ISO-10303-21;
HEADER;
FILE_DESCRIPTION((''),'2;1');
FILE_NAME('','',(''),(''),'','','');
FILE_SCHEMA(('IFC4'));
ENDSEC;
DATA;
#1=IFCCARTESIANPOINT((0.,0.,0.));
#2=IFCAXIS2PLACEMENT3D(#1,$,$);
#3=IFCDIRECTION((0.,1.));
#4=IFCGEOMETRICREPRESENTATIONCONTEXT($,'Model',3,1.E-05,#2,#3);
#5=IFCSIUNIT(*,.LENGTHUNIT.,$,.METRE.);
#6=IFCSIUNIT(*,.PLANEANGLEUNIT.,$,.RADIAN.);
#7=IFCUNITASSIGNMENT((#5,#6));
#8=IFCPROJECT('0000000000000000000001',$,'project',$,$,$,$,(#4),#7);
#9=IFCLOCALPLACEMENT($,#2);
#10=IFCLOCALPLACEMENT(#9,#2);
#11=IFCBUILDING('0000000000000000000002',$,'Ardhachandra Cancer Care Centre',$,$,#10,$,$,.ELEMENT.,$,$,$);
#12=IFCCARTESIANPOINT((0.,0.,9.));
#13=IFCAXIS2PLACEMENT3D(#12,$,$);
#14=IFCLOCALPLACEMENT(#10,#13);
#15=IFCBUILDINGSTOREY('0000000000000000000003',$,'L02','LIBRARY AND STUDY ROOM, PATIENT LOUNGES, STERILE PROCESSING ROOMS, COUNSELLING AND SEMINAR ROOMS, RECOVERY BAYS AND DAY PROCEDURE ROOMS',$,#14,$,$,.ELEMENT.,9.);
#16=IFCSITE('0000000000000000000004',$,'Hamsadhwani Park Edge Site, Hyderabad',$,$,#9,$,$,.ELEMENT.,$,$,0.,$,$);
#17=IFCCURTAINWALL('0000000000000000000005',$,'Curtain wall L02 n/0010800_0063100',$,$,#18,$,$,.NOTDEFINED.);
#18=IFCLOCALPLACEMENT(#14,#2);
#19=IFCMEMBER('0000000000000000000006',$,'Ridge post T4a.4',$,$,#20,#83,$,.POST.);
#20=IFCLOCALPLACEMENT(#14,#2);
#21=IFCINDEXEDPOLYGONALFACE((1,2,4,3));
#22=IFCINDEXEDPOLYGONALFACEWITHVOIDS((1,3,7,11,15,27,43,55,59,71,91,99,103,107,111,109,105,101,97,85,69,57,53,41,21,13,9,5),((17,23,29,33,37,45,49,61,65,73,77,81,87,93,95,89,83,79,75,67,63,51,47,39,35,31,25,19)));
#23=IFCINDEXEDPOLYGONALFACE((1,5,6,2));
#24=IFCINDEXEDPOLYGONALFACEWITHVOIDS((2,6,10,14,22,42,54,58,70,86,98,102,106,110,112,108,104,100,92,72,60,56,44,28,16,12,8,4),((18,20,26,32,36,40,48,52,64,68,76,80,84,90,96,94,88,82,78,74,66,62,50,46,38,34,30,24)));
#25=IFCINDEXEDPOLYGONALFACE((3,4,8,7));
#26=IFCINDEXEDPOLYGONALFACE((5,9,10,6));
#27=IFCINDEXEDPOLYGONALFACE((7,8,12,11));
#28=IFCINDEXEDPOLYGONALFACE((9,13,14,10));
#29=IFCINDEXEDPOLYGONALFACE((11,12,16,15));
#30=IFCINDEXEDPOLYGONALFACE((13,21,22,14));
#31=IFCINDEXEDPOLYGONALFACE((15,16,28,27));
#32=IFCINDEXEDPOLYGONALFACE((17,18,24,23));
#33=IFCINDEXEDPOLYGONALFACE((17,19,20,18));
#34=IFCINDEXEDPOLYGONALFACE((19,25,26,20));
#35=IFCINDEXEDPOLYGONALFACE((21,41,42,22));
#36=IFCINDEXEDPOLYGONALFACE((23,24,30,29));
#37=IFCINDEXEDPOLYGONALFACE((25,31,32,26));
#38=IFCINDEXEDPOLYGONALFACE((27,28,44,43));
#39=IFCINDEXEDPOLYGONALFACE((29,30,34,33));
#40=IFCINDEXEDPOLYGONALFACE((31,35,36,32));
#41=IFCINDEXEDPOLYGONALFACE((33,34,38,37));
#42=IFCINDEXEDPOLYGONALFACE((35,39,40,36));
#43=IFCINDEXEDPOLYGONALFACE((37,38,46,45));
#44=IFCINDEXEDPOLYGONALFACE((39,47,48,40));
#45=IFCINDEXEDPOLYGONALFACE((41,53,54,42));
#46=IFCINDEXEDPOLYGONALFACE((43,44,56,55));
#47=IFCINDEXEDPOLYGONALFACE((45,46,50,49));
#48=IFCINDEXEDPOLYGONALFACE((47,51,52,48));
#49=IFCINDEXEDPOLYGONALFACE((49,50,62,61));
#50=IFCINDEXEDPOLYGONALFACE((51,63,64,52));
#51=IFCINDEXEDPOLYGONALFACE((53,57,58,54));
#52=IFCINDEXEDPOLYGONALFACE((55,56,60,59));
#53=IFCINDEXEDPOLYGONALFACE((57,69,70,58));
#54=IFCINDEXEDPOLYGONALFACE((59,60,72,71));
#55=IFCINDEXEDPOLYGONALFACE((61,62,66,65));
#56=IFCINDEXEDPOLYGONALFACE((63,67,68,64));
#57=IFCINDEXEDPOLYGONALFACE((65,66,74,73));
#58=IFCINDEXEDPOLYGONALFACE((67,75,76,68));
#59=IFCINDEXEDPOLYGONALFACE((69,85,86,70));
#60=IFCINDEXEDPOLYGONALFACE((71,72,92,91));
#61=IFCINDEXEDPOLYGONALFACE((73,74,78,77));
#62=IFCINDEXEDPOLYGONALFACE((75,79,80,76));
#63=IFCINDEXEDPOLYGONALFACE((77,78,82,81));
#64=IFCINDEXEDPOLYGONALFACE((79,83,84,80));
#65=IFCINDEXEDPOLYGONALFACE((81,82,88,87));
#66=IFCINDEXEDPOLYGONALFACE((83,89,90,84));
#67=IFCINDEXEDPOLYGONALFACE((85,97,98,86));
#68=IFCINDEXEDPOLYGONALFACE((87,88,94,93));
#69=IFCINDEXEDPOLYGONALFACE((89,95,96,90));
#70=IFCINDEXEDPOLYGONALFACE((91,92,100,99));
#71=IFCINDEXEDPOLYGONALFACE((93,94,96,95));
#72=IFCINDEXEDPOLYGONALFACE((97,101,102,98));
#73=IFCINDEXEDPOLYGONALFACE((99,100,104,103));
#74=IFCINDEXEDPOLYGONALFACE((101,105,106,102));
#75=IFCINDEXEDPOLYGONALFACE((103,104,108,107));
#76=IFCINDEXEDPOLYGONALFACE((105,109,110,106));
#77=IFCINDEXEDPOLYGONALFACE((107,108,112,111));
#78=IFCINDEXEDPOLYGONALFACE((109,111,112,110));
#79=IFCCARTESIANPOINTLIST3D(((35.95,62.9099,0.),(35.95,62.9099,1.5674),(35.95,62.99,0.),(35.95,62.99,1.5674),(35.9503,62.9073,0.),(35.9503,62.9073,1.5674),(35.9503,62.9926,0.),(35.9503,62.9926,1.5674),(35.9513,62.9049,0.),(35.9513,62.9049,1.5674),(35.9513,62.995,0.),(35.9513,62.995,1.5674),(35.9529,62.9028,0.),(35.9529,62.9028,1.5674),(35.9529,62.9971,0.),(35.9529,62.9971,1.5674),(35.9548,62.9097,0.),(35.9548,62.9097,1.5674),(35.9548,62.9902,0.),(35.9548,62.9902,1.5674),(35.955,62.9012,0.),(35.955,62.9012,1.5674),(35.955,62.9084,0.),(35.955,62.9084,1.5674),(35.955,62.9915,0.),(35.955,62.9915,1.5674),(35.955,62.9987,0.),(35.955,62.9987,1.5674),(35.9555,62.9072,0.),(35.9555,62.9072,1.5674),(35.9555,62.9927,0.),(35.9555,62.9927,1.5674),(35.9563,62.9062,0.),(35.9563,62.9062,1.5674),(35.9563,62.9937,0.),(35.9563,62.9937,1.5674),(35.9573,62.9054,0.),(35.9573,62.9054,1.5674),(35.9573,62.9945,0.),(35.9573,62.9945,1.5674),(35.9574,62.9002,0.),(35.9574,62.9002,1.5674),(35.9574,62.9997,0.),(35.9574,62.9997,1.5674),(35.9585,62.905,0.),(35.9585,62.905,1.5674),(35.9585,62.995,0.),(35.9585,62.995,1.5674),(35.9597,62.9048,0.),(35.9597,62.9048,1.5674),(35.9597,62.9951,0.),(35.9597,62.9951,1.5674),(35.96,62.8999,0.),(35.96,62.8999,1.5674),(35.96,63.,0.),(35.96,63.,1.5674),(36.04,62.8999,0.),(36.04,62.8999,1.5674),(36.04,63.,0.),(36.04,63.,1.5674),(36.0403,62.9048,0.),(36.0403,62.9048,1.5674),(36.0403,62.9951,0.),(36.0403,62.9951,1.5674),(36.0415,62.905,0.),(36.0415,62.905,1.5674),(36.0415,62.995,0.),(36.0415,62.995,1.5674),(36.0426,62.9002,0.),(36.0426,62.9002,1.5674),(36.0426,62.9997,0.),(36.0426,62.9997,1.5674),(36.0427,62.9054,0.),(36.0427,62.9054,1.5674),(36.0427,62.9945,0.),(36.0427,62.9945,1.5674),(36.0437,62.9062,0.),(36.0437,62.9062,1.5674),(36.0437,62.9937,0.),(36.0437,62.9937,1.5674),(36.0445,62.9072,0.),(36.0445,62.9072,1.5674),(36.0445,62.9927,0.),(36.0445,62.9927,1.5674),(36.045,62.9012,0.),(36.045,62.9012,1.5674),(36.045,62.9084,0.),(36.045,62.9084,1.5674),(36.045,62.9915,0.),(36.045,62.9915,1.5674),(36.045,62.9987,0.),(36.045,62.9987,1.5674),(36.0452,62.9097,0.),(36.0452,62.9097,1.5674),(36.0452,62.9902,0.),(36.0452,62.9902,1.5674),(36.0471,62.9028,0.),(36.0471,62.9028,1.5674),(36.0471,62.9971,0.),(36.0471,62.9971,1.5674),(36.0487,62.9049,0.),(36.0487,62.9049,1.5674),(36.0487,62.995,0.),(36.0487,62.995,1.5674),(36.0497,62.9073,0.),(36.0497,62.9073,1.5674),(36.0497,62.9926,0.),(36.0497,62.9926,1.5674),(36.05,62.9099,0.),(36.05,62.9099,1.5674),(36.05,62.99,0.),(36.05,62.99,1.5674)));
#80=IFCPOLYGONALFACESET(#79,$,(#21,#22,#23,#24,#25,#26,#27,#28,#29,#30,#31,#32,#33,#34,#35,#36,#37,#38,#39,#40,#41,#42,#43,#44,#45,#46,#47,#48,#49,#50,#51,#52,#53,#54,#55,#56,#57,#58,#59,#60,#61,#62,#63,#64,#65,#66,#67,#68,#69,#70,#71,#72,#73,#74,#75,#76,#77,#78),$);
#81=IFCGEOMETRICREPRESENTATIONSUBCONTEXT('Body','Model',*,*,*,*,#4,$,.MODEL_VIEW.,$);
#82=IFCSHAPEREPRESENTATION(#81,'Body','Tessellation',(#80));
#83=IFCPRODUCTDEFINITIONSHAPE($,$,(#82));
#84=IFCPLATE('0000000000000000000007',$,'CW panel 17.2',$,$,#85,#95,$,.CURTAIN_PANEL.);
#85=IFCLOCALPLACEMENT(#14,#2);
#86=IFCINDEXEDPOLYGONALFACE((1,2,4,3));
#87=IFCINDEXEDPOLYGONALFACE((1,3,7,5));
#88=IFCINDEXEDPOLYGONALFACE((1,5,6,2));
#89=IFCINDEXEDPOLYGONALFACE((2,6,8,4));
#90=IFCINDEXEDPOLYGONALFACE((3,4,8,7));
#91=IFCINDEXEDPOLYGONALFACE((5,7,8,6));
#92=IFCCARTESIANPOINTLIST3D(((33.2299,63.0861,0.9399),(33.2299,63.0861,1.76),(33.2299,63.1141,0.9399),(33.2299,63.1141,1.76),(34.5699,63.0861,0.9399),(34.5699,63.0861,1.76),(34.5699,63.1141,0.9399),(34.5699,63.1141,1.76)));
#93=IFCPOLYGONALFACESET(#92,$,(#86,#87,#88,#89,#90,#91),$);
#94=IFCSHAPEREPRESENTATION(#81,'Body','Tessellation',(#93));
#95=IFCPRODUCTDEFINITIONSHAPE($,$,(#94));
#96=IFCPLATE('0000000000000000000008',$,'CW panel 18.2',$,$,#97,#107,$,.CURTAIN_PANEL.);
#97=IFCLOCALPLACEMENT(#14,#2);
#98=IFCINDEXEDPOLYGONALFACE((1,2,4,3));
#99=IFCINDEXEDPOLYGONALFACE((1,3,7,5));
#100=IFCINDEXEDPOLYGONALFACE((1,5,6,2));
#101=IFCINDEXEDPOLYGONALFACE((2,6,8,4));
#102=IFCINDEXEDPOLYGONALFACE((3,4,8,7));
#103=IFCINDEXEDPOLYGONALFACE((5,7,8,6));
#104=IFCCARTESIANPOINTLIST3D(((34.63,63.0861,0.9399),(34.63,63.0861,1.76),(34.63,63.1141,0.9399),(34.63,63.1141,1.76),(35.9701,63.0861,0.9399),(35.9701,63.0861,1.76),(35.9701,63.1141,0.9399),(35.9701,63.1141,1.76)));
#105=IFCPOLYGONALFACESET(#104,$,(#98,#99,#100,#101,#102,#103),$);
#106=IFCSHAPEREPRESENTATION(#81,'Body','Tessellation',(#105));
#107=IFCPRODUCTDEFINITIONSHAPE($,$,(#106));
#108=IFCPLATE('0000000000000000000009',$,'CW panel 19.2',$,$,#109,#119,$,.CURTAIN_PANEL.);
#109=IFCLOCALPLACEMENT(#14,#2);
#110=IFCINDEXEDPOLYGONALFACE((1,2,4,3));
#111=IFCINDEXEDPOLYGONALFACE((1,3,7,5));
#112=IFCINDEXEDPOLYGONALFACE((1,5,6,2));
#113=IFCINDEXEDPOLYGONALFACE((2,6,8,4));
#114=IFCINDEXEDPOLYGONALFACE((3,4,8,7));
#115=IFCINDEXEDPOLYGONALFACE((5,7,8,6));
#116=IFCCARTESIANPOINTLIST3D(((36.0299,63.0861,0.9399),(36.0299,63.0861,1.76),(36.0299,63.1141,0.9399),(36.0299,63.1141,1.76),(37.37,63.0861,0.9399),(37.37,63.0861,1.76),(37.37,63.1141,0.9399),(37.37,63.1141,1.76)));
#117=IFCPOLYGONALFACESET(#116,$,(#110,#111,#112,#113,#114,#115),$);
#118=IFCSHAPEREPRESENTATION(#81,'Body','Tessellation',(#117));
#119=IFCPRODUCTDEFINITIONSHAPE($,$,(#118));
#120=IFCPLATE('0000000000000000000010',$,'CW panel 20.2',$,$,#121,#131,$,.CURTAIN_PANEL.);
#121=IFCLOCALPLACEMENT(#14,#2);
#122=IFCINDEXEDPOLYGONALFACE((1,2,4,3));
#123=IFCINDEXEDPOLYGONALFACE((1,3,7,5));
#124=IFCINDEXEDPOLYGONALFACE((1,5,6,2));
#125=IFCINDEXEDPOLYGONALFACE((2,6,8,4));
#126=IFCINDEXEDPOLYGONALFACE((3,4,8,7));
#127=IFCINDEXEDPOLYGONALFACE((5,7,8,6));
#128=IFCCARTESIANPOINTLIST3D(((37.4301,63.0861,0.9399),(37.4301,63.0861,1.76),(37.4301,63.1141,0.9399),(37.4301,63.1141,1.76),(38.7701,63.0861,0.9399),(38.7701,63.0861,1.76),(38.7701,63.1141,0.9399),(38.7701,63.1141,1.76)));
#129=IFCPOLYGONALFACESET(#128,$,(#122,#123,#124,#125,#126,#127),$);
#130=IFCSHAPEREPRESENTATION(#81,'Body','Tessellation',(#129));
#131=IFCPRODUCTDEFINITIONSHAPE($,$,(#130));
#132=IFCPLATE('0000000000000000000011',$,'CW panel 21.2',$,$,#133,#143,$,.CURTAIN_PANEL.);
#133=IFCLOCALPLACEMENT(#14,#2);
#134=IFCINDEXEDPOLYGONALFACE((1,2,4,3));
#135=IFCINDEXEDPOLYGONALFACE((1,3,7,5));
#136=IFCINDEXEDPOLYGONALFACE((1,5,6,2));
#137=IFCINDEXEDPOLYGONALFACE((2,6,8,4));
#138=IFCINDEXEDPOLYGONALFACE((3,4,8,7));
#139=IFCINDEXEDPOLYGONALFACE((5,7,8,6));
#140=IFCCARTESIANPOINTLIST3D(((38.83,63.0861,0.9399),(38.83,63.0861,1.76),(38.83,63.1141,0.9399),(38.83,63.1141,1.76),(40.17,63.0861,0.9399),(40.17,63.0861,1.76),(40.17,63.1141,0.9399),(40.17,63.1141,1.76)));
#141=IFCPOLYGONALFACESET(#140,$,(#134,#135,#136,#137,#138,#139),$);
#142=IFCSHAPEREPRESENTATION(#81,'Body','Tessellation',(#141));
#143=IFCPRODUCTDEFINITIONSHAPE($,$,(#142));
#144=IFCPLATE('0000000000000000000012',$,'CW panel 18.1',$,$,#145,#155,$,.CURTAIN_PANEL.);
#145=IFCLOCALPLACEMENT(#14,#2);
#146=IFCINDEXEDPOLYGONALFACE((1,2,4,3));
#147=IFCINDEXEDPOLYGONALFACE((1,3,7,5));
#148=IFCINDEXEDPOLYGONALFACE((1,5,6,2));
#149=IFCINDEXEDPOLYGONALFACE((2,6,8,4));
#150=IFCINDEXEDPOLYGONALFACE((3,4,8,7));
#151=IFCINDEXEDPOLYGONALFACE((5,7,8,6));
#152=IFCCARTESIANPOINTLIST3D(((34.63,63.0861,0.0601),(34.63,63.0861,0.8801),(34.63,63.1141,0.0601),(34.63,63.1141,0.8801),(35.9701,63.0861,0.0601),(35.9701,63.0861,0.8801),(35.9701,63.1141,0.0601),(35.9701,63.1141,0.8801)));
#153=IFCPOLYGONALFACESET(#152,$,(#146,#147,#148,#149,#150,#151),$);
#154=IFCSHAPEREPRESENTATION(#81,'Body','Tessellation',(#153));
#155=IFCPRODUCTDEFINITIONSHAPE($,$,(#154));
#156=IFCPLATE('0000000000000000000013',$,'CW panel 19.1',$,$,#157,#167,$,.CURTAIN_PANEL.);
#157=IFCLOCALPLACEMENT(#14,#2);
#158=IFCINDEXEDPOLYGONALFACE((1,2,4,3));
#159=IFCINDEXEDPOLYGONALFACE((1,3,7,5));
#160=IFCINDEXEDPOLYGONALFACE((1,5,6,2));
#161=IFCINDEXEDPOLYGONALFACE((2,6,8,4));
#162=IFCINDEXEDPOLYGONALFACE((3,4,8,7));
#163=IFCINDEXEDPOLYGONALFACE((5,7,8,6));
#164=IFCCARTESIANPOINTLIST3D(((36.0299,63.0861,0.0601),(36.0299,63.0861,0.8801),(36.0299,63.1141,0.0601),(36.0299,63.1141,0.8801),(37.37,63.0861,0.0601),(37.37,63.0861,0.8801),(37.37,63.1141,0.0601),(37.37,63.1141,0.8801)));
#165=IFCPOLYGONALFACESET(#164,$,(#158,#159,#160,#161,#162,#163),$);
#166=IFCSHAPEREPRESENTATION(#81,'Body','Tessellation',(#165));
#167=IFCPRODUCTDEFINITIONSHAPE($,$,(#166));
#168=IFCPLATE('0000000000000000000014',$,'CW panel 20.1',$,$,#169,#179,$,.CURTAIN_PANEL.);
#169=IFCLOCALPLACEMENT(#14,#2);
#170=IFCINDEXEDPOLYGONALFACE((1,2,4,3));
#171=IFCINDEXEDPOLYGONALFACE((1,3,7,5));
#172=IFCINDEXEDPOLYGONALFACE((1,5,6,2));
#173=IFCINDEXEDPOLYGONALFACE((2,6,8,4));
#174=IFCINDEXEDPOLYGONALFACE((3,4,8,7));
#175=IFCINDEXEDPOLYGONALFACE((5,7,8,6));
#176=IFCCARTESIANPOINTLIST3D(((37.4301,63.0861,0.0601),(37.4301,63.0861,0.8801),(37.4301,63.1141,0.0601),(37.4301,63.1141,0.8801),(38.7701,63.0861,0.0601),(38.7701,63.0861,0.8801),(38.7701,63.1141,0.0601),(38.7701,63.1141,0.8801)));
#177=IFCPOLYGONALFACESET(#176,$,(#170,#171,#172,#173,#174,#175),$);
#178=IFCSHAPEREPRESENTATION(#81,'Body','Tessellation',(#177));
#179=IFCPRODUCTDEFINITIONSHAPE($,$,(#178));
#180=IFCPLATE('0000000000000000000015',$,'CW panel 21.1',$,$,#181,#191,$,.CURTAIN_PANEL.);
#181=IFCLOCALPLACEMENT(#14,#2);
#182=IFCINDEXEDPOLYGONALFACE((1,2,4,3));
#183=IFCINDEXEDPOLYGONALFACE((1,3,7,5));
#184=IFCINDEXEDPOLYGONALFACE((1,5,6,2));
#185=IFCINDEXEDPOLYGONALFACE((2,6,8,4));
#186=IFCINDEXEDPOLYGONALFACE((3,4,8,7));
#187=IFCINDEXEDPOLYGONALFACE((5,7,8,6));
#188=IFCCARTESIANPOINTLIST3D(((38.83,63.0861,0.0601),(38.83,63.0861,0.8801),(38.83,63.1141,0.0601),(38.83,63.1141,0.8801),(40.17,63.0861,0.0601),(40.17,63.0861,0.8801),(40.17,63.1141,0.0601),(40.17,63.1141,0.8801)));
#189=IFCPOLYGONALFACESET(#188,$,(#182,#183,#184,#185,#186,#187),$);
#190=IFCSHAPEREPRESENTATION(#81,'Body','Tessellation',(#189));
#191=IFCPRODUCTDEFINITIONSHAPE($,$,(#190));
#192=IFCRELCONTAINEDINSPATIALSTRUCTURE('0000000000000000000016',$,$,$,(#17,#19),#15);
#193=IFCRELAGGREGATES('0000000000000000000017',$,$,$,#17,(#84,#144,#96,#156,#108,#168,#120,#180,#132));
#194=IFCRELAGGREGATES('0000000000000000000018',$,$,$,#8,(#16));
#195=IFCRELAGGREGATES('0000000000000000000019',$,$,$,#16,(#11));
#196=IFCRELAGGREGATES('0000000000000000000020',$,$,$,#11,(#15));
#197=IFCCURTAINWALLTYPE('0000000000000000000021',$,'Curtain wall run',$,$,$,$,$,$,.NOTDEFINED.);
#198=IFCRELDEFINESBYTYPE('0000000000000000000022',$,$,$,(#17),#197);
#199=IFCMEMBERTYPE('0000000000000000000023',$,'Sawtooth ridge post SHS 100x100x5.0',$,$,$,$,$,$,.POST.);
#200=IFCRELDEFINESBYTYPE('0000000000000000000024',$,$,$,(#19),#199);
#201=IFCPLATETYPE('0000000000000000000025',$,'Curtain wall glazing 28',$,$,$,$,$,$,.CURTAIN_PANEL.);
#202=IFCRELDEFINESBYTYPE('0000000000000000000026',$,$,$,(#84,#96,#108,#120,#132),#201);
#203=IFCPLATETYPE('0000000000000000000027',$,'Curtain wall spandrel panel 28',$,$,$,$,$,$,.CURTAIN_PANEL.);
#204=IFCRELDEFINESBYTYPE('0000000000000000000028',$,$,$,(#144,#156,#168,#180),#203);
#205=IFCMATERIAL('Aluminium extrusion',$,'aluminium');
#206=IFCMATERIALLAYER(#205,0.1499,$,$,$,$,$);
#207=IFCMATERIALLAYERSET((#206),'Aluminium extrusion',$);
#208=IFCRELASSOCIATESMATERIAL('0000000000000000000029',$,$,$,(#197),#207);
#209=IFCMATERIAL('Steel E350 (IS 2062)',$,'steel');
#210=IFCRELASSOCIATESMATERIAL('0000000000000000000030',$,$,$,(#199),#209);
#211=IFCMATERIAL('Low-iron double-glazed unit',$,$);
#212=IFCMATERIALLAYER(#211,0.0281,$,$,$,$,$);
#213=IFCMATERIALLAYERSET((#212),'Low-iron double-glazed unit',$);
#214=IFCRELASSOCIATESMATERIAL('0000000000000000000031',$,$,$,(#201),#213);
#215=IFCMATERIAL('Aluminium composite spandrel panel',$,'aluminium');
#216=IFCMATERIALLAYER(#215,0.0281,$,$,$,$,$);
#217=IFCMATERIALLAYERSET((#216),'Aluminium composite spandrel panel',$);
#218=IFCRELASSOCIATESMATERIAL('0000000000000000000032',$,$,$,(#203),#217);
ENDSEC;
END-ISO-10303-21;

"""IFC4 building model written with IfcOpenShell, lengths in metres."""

from ifc_helpers import new_model, si_unit, direction, frame, origin, origin_2d, place, context, subcontext, project, spatial, rectangle, hollow_rectangle, extrude, material, layer, layer_set, material_profile, profile_set, type_object, element, aggregate, save


model = new_model("IFC4")

# Units and contexts
model_context = context("Model", 3, precision=1e-05, world=origin(), true_north=direction((0.0, 1.0)))
body_context = subcontext(model_context, "Body", "Model", "MODEL_VIEW")
ifc_project = project(units=[si_unit("LENGTHUNIT", "METRE"), si_unit("PLANEANGLEUNIT", "RADIAN")], contexts=[model_context])

# Site, building, storey
site_placement = place(None, origin())
site = spatial("IfcSite", under=ifc_project, at=site_placement, Name="Hamsadhwani Park Edge Site, Hyderabad", CompositionType="ELEMENT", RefElevation=0.0)
building_placement = place(site_placement, origin())
building = spatial("IfcBuilding", under=site, at=building_placement, Name="Ardhachandra Cancer Care Centre", CompositionType="ELEMENT")
storey_placement = place(building_placement, frame((0.0, 0.0, 9.0)))
storey = spatial("IfcBuildingStorey", under=building, at=storey_placement, Name="L02", Description="LIBRARY AND STUDY ROOM, PATIENT LOUNGES, STERILE PROCESSING ROOMS, COUNSELLING AND SEMINAR ROOMS, RECOVERY BAYS AND DAY PROCEDURE ROOMS", CompositionType="ELEMENT", Elevation=9.0)

# Curtain wall
ifc_material_1 = material(Name="Aluminium extrusion", Category="aluminium")
ifc_layer_1 = layer(ifc_material_1, 0.1499)
ifc_layer_set_1 = layer_set([ifc_layer_1], Name="Aluminium extrusion")
curtain_wall_type = type_object("IfcCurtainWallType", Name="Curtain wall run", PredefinedType="NOTDEFINED", material=ifc_layer_set_1)
curtain_wall_placement = place(storey_placement, origin())
curtain_wall = element("IfcCurtainWall", 1, at=curtain_wall_placement, inside=storey, type_object=curtain_wall_type, Name="Curtain wall L02 n/0010800_0063100", PredefinedType="NOTDEFINED")

# Member
ifc_material_2 = material(Name="Steel E350 (IS 2062)", Category="steel")
ifc_material_profile_1 = material_profile(ifc_material_2, hollow_rectangle(XDim=0.1001, YDim=0.1001, WallThickness=0.0049, InnerFilletRadius=0.0049, OuterFilletRadius=0.01, at=origin_2d()), Name="SHS 100x100x5.0")
ifc_profile_set_1 = profile_set([ifc_material_profile_1], Name="Steel E350 (IS 2062)")
member_type_1 = type_object("IfcMemberType", Name="Sawtooth ridge post SHS 100x100x5.0", PredefinedType="POST", material=ifc_profile_set_1)
member_1_placement = place(storey_placement, frame((36.0, 62.95, 0.0), z_axis=(0.0, 0.0, 1.0), x_axis=(1.0, 0.0, 0.0)))
element("IfcMember", 2, at=member_1_placement, inside=storey, type_object=member_type_1, Name="Ridge post T4a.4", PredefinedType="POST", context=body_context, shape_type="SweptSolid", body=[
    extrude(hollow_rectangle(XDim=0.1001, YDim=0.1001, WallThickness=0.0049, InnerFilletRadius=0.0049, OuterFilletRadius=0.01, at=origin_2d()), origin(), (0.0, 0.0, 1.0), 1.5674),
])

# Plates
ifc_material_3 = material(Name="Low-iron double-glazed unit")
ifc_layer_2 = layer(ifc_material_3, 0.0281)
ifc_layer_set_2 = layer_set([ifc_layer_2], Name="Low-iron double-glazed unit")
plate_type_1 = type_object("IfcPlateType", Name="Curtain wall glazing 28", PredefinedType="CURTAIN_PANEL", material=ifc_layer_set_2)
plate_1_placement = place(storey_placement, frame((33.8999, 63.1001, 0.9399), z_axis=(0.0, 0.0, 1.0), x_axis=(1.0, 0.0, 0.0)))
plate_1 = element("IfcPlate", 3, at=plate_1_placement, type_object=plate_type_1, Name="CW panel 17.2", PredefinedType="CURTAIN_PANEL", context=body_context, shape_type="SweptSolid", body=[
    extrude(rectangle(XDim=1.3401, YDim=0.0281, at=origin_2d()), origin(), (0.0, 0.0, 1.0), 0.8201),
])
plate_2_placement = place(storey_placement, frame((35.3, 63.1001, 0.9399), z_axis=(0.0, 0.0, 1.0), x_axis=(1.0, 0.0, 0.0)))
plate_2 = element("IfcPlate", 4, at=plate_2_placement, type_object=plate_type_1, Name="CW panel 18.2", PredefinedType="CURTAIN_PANEL", context=body_context, shape_type="SweptSolid", body=[
    extrude(rectangle(XDim=1.3401, YDim=0.0281, at=origin_2d()), origin(), (0.0, 0.0, 1.0), 0.8201),
])
plate_3_placement = place(storey_placement, frame((36.7, 63.1001, 0.9399), z_axis=(0.0, 0.0, 1.0), x_axis=(1.0, 0.0, 0.0)))
plate_3 = element("IfcPlate", 5, at=plate_3_placement, type_object=plate_type_1, Name="CW panel 19.2", PredefinedType="CURTAIN_PANEL", context=body_context, shape_type="SweptSolid", body=[
    extrude(rectangle(XDim=1.3401, YDim=0.0281, at=origin_2d()), origin(), (0.0, 0.0, 1.0), 0.8201),
])
plate_4_placement = place(storey_placement, frame((38.1001, 63.1001, 0.9399), z_axis=(0.0, 0.0, 1.0), x_axis=(1.0, 0.0, 0.0)))
plate_4 = element("IfcPlate", 6, at=plate_4_placement, type_object=plate_type_1, Name="CW panel 20.2", PredefinedType="CURTAIN_PANEL", context=body_context, shape_type="SweptSolid", body=[
    extrude(rectangle(XDim=1.3401, YDim=0.0281, at=origin_2d()), origin(), (0.0, 0.0, 1.0), 0.8201),
])
plate_5_placement = place(storey_placement, frame((39.5, 63.1001, 0.9399), z_axis=(0.0, 0.0, 1.0), x_axis=(1.0, 0.0, 0.0)))
plate_5 = element("IfcPlate", 7, at=plate_5_placement, type_object=plate_type_1, Name="CW panel 21.2", PredefinedType="CURTAIN_PANEL", context=body_context, shape_type="SweptSolid", body=[
    extrude(rectangle(XDim=1.3401, YDim=0.0281, at=origin_2d()), origin(), (0.0, 0.0, 1.0), 0.8201),
])
ifc_material_4 = material(Name="Aluminium composite spandrel panel", Category="aluminium")
ifc_layer_3 = layer(ifc_material_4, 0.0281)
ifc_layer_set_3 = layer_set([ifc_layer_3], Name="Aluminium composite spandrel panel")
plate_type_2 = type_object("IfcPlateType", Name="Curtain wall spandrel panel 28", PredefinedType="CURTAIN_PANEL", material=ifc_layer_set_3)
plate_6_placement = place(storey_placement, frame((35.3, 63.1001, 0.0601), z_axis=(0.0, 0.0, 1.0), x_axis=(1.0, 0.0, 0.0)))
plate_6 = element("IfcPlate", 8, at=plate_6_placement, type_object=plate_type_2, Name="CW panel 18.1", PredefinedType="CURTAIN_PANEL", context=body_context, shape_type="SweptSolid", body=[
    extrude(rectangle(XDim=1.3401, YDim=0.0281, at=origin_2d()), origin(), (0.0, 0.0, 1.0), 0.8201),
])
plate_7_placement = place(storey_placement, frame((36.7, 63.1001, 0.0601), z_axis=(0.0, 0.0, 1.0), x_axis=(1.0, 0.0, 0.0)))
plate_7 = element("IfcPlate", 9, at=plate_7_placement, type_object=plate_type_2, Name="CW panel 19.1", PredefinedType="CURTAIN_PANEL", context=body_context, shape_type="SweptSolid", body=[
    extrude(rectangle(XDim=1.3401, YDim=0.0281, at=origin_2d()), origin(), (0.0, 0.0, 1.0), 0.8201),
])
plate_8_placement = place(storey_placement, frame((38.1001, 63.1001, 0.0601), z_axis=(0.0, 0.0, 1.0), x_axis=(1.0, 0.0, 0.0)))
plate_8 = element("IfcPlate", 10, at=plate_8_placement, type_object=plate_type_2, Name="CW panel 20.1", PredefinedType="CURTAIN_PANEL", context=body_context, shape_type="SweptSolid", body=[
    extrude(rectangle(XDim=1.3401, YDim=0.0281, at=origin_2d()), origin(), (0.0, 0.0, 1.0), 0.8201),
])
plate_9_placement = place(storey_placement, frame((39.5, 63.1001, 0.0601), z_axis=(0.0, 0.0, 1.0), x_axis=(1.0, 0.0, 0.0)))
plate_9 = element("IfcPlate", 11, at=plate_9_placement, type_object=plate_type_2, Name="CW panel 21.1", PredefinedType="CURTAIN_PANEL", context=body_context, shape_type="SweptSolid", body=[
    extrude(rectangle(XDim=1.3401, YDim=0.0281, at=origin_2d()), origin(), (0.0, 0.0, 1.0), 0.8201),
])
aggregate(curtain_wall, [plate_1, plate_6, plate_2, plate_7, plate_3, plate_8, plate_4, plate_9, plate_5])

save(model, "model.ifc")
